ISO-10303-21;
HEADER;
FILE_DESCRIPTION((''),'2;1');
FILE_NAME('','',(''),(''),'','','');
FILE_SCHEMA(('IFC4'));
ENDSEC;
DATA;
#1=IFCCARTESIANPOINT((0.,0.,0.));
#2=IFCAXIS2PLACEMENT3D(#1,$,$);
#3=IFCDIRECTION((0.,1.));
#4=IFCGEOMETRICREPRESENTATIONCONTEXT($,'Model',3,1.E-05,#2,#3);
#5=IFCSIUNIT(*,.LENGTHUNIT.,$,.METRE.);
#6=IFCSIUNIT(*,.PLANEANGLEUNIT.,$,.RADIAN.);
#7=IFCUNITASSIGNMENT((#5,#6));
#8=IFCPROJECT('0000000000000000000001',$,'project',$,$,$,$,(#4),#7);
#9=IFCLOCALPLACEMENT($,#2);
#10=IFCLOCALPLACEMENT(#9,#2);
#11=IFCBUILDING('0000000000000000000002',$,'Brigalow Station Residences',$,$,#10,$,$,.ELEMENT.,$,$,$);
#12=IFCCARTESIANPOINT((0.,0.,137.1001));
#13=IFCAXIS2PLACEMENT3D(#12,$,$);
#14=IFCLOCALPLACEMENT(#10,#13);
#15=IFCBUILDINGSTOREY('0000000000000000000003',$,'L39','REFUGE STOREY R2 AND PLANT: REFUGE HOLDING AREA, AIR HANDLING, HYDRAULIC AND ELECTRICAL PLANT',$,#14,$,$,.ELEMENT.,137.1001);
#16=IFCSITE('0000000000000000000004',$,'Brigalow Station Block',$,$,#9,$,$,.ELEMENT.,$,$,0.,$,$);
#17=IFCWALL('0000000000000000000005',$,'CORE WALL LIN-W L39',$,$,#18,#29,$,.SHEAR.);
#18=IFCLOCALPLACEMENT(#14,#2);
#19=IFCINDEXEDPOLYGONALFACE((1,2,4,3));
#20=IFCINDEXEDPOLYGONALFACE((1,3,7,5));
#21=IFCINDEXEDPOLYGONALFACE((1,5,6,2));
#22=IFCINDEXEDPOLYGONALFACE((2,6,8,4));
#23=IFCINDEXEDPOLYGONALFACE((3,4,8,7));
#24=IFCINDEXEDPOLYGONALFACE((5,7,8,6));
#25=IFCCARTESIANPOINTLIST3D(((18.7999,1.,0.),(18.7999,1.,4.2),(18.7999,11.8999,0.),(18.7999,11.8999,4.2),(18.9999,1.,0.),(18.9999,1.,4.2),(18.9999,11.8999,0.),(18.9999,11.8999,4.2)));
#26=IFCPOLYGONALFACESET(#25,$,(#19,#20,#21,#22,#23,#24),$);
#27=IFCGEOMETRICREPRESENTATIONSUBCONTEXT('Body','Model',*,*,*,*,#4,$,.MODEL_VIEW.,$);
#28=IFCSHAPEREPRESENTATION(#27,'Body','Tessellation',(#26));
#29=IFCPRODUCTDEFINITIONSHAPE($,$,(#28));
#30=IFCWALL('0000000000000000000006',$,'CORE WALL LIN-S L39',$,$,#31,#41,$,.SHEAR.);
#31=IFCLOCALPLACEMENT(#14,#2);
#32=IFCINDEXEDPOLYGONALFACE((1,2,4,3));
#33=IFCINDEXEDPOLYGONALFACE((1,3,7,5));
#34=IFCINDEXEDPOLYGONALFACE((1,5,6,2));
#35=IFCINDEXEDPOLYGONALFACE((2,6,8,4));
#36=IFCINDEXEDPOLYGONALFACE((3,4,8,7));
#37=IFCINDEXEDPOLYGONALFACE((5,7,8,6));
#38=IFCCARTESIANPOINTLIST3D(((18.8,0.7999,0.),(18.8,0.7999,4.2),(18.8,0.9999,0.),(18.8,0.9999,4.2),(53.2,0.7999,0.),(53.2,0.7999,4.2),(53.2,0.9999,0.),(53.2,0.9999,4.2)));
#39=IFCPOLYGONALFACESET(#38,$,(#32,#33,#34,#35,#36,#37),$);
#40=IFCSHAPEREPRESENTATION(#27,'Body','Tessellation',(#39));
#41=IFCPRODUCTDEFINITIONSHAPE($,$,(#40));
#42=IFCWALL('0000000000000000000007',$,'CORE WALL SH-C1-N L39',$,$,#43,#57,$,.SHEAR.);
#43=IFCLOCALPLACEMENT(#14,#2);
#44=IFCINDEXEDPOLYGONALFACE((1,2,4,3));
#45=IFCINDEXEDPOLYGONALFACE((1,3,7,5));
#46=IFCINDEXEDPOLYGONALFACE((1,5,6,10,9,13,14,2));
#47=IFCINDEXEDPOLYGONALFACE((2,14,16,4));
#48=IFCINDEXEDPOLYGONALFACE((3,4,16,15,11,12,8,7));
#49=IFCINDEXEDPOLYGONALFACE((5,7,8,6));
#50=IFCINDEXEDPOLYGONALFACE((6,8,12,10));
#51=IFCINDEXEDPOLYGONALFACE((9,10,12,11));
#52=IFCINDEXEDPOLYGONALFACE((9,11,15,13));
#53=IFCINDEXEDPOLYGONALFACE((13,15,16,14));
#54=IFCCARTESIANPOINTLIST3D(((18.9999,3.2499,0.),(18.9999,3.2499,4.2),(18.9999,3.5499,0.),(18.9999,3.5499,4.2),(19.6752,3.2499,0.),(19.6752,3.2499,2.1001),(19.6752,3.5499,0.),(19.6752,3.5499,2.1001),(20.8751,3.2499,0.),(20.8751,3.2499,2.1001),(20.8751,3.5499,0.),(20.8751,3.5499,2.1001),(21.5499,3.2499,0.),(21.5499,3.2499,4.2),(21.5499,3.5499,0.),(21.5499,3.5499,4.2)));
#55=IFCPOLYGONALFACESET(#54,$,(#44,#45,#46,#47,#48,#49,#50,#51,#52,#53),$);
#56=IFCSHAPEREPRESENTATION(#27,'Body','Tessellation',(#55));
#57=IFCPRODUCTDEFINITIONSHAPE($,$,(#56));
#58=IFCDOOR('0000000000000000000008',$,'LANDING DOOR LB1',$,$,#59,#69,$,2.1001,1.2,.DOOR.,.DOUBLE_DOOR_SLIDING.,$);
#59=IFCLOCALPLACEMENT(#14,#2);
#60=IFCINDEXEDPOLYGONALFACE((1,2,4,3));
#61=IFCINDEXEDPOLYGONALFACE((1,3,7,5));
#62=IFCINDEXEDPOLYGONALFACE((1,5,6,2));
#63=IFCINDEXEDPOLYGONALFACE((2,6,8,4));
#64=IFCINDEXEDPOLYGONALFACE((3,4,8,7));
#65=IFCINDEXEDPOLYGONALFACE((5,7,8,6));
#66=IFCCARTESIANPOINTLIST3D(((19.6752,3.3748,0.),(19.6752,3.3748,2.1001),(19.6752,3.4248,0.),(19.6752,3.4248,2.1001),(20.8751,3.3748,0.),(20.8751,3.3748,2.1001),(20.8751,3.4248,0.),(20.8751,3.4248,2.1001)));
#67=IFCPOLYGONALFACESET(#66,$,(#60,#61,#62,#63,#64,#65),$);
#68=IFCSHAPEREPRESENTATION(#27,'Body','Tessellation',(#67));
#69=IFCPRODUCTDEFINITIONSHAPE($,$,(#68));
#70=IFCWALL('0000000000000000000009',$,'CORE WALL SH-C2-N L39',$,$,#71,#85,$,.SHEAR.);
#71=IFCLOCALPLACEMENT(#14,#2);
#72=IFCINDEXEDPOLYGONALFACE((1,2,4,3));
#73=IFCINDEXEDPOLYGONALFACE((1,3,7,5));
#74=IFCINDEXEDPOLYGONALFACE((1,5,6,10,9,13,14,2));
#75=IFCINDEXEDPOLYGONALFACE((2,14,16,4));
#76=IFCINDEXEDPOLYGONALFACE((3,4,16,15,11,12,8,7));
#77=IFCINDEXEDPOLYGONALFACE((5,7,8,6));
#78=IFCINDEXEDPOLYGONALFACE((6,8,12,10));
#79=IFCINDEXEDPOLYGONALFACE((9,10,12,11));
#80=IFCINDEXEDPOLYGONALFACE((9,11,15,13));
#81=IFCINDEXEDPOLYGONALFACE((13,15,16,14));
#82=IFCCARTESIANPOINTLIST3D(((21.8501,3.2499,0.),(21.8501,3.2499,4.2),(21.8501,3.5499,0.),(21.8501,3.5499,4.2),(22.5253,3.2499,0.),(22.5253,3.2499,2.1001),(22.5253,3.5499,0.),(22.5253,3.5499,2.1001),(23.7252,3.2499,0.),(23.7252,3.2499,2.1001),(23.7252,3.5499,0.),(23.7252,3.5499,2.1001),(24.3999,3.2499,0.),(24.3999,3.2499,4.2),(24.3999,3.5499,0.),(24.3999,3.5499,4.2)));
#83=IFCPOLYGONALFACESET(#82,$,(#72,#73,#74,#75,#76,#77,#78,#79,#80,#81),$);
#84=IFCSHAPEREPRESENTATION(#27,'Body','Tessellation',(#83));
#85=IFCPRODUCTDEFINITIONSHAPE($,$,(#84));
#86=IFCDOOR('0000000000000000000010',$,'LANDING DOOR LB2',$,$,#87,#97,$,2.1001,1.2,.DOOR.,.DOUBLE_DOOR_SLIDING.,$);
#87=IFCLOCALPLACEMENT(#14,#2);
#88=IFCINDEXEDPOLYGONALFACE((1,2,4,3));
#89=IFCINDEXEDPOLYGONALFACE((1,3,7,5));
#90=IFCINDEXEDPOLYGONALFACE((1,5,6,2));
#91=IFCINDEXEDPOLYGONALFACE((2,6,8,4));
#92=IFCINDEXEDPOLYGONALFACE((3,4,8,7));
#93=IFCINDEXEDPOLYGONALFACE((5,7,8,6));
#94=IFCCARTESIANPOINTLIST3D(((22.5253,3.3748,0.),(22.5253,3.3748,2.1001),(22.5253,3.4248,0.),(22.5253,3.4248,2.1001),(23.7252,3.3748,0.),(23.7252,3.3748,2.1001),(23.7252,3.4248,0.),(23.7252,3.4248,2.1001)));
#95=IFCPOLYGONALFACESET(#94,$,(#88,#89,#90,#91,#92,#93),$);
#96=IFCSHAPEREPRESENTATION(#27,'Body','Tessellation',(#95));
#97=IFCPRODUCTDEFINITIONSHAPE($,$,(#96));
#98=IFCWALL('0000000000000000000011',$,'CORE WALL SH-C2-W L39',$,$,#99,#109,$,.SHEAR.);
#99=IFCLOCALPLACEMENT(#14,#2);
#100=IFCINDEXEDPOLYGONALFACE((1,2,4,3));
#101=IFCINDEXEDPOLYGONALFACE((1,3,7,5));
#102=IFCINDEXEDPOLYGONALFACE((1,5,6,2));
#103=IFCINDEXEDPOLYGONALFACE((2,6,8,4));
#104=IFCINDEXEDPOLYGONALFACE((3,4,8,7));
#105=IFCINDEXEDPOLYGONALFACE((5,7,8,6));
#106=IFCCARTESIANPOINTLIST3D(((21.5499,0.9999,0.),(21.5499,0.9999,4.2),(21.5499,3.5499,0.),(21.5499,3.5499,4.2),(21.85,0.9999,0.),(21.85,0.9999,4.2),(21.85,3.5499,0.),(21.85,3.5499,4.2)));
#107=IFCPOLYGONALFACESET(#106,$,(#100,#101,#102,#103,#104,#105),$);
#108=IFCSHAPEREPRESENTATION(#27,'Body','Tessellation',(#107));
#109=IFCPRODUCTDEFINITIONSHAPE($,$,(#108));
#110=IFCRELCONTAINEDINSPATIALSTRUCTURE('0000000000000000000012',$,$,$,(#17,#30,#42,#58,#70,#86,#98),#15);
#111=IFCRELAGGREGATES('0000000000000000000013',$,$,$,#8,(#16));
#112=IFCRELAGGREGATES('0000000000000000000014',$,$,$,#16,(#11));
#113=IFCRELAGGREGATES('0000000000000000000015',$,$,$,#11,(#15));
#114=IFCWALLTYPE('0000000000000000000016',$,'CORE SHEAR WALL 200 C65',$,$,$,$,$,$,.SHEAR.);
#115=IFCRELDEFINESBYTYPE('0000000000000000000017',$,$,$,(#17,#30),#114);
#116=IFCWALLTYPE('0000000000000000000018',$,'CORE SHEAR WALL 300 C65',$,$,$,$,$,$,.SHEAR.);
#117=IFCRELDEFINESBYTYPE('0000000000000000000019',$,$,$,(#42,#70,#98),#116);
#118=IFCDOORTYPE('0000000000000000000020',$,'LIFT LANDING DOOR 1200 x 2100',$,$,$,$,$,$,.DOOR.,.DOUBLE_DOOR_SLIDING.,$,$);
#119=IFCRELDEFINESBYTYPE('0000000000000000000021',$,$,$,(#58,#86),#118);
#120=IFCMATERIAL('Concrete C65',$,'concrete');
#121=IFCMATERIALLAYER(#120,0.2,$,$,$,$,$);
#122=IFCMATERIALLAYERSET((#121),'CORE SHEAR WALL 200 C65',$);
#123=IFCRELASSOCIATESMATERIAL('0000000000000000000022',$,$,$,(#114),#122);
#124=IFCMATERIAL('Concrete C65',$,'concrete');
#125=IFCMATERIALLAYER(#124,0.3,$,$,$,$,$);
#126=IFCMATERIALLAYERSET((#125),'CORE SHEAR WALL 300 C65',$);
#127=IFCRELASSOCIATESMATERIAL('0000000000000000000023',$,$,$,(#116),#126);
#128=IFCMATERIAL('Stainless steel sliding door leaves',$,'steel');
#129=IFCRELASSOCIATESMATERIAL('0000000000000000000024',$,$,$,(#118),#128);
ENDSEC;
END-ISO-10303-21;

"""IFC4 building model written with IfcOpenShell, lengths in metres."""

from ifc_helpers import new_model, si_unit, direction, frame, frame_2d, origin, place, context, subcontext, project, spatial, rectangle, extrude, material, layer, layer_set, type_object, element, fill, save


model = new_model("IFC4")

# Units and contexts
model_context = context("Model", 3, precision=1e-05, world=origin(), true_north=direction((0.0, 1.0)))
body_context = subcontext(model_context, "Body", "Model", "MODEL_VIEW")
ifc_project = project(units=[si_unit("LENGTHUNIT", "METRE"), si_unit("PLANEANGLEUNIT", "RADIAN")], contexts=[model_context])

# Site, building, storey
site_placement = place(None, origin())
site = spatial("IfcSite", under=ifc_project, at=site_placement, Name="Brigalow Station Block", CompositionType="ELEMENT", RefElevation=0.0)
building_placement = place(site_placement, origin())
building = spatial("IfcBuilding", under=site, at=building_placement, Name="Brigalow Station Residences", CompositionType="ELEMENT")
storey_placement = place(building_placement, frame((0.0, 0.0, 137.1001)))
storey = spatial("IfcBuildingStorey", under=building, at=storey_placement, Name="L39", Description="REFUGE STOREY R2 AND PLANT: REFUGE HOLDING AREA, AIR HANDLING, HYDRAULIC AND ELECTRICAL PLANT", CompositionType="ELEMENT", Elevation=137.1001)

# Walls
ifc_material_1 = material(Name="Concrete C65", Category="concrete")
ifc_layer_1 = layer(ifc_material_1, 0.2)
ifc_layer_set_1 = layer_set([ifc_layer_1], Name="CORE SHEAR WALL 200 C65")
wall_type_1 = type_object("IfcWallType", Name="CORE SHEAR WALL 200 C65", PredefinedType="SHEAR", material=ifc_layer_set_1)
wall_1_placement = place(storey_placement, frame((18.8999, 1.0, 0.0), z_axis=(0.0, 0.0, 1.0), x_axis=(0.0, 1.0, 0.0)))
element("IfcWall", 1, at=wall_1_placement, inside=storey, type_object=wall_type_1, Name="CORE WALL LIN-W L39", PredefinedType="SHEAR", context=body_context, shape_type="SweptSolid", body=[
    extrude(rectangle(XDim=10.8999, YDim=0.2, at=frame_2d((5.45, 0.0))), origin(), (0.0, 0.0, 1.0), 4.2),
])
wall_2_placement = place(storey_placement, frame((18.8, 0.8999, 0.0), z_axis=(0.0, 0.0, 1.0), x_axis=(1.0, 0.0, 0.0)))
element("IfcWall", 2, at=wall_2_placement, inside=storey, type_object=wall_type_1, Name="CORE WALL LIN-S L39", PredefinedType="SHEAR", context=body_context, shape_type="SweptSolid", body=[
    extrude(rectangle(XDim=34.3999, YDim=0.2, at=frame_2d((17.2, 0.0))), origin(), (0.0, 0.0, 1.0), 4.2),
])

# Walls, openings, doors
ifc_material_2 = material(Name="Concrete C65", Category="concrete")
ifc_layer_2 = layer(ifc_material_2, 0.3)
ifc_layer_set_2 = layer_set([ifc_layer_2], Name="CORE SHEAR WALL 300 C65")
wall_type_2 = type_object("IfcWallType", Name="CORE SHEAR WALL 300 C65", PredefinedType="SHEAR", material=ifc_layer_set_2)
wall_3_placement = place(storey_placement, frame((19.0, 3.3999, 0.0), z_axis=(0.0, 0.0, 1.0), x_axis=(1.0, 0.0, 0.0)))
wall_3 = element("IfcWall", 3, at=wall_3_placement, inside=storey, type_object=wall_type_2, Name="CORE WALL SH-C1-N L39", PredefinedType="SHEAR", context=body_context, shape_type="SweptSolid", body=[
    extrude(rectangle(XDim=2.55, YDim=0.3, at=frame_2d((1.2749, 0.0))), origin(), (0.0, 0.0, 1.0), 4.2),
])
opening_1_placement = place(wall_3_placement, frame((0.675, 0.0, 0.0)))
opening_1 = element("IfcOpeningElement", 4, at=opening_1_placement, cuts=wall_3, PredefinedType="OPENING", context=body_context, shape_type="SweptSolid", body=[
    extrude(rectangle(XDim=1.2, YDim=2.1001, at=frame_2d((0.6001, 1.05))), frame((0.0, 0.1602, 0.0), z_axis=(0.0, -1.0, 0.0), x_axis=(1.0, 0.0, 0.0)), (0.0, 0.0, 1.0), 0.3201),
])
ifc_material_3 = material(Name="Stainless steel sliding door leaves", Category="steel")
door_type_1 = type_object("IfcDoorType", Name="LIFT LANDING DOOR 1200 x 2100", OperationType="DOUBLE_DOOR_SLIDING", PredefinedType="DOOR", material=ifc_material_3)
door_1_placement = place(opening_1_placement, origin())
door_1 = element("IfcDoor", 5, at=door_1_placement, inside=storey, type_object=door_type_1, Name="LANDING DOOR LB1", OperationType="DOUBLE_DOOR_SLIDING", OverallHeight=2.1001, OverallWidth=1.2, PredefinedType="DOOR", context=body_context, shape_type="SweptSolid", body=[
    extrude(rectangle(XDim=1.2, YDim=2.1001, at=frame_2d((0.6001, 1.05))), frame((0.0, 0.0249, 0.0), z_axis=(0.0, -1.0, 0.0), x_axis=(1.0, 0.0, 0.0)), (0.0, 0.0, 1.0), 0.05),
])
fill(opening_1, door_1)
wall_4_placement = place(storey_placement, frame((21.8501, 3.3999, 0.0), z_axis=(0.0, 0.0, 1.0), x_axis=(1.0, 0.0, 0.0)))
wall_4 = element("IfcWall", 6, at=wall_4_placement, inside=storey, type_object=wall_type_2, Name="CORE WALL SH-C2-N L39", PredefinedType="SHEAR", context=body_context, shape_type="SweptSolid", body=[
    extrude(rectangle(XDim=2.5498, YDim=0.3, at=frame_2d((1.2749, 0.0))), origin(), (0.0, 0.0, 1.0), 4.2),
])
opening_2_placement = place(wall_4_placement, frame((0.675, 0.0, 0.0)))
opening_2 = element("IfcOpeningElement", 7, at=opening_2_placement, cuts=wall_4, PredefinedType="OPENING", context=body_context, shape_type="SweptSolid", body=[
    extrude(rectangle(XDim=1.2, YDim=2.1001, at=frame_2d((0.6001, 1.05))), frame((0.0, 0.1602, 0.0), z_axis=(0.0, -1.0, 0.0), x_axis=(1.0, 0.0, 0.0)), (0.0, 0.0, 1.0), 0.3201),
])
door_2_placement = place(opening_2_placement, origin())
door_2 = element("IfcDoor", 8, at=door_2_placement, inside=storey, type_object=door_type_1, Name="LANDING DOOR LB2", OperationType="DOUBLE_DOOR_SLIDING", OverallHeight=2.1001, OverallWidth=1.2, PredefinedType="DOOR", context=body_context, shape_type="SweptSolid", body=[
    extrude(rectangle(XDim=1.2, YDim=2.1001, at=frame_2d((0.6001, 1.05))), frame((0.0, 0.0249, 0.0), z_axis=(0.0, -1.0, 0.0), x_axis=(1.0, 0.0, 0.0)), (0.0, 0.0, 1.0), 0.05),
])
fill(opening_2, door_2)

# Wall
wall_5_placement = place(storey_placement, frame((21.7, 1.0, 0.0), z_axis=(0.0, 0.0, 1.0), x_axis=(0.0, 1.0, 0.0)))
element("IfcWall", 9, at=wall_5_placement, inside=storey, type_object=wall_type_2, Name="CORE WALL SH-C2-W L39", PredefinedType="SHEAR", context=body_context, shape_type="SweptSolid", body=[
    extrude(rectangle(XDim=2.55, YDim=0.3, at=frame_2d((1.2749, 0.0))), origin(), (0.0, 0.0, 1.0), 4.2),
])

save(model, "model.ifc")
